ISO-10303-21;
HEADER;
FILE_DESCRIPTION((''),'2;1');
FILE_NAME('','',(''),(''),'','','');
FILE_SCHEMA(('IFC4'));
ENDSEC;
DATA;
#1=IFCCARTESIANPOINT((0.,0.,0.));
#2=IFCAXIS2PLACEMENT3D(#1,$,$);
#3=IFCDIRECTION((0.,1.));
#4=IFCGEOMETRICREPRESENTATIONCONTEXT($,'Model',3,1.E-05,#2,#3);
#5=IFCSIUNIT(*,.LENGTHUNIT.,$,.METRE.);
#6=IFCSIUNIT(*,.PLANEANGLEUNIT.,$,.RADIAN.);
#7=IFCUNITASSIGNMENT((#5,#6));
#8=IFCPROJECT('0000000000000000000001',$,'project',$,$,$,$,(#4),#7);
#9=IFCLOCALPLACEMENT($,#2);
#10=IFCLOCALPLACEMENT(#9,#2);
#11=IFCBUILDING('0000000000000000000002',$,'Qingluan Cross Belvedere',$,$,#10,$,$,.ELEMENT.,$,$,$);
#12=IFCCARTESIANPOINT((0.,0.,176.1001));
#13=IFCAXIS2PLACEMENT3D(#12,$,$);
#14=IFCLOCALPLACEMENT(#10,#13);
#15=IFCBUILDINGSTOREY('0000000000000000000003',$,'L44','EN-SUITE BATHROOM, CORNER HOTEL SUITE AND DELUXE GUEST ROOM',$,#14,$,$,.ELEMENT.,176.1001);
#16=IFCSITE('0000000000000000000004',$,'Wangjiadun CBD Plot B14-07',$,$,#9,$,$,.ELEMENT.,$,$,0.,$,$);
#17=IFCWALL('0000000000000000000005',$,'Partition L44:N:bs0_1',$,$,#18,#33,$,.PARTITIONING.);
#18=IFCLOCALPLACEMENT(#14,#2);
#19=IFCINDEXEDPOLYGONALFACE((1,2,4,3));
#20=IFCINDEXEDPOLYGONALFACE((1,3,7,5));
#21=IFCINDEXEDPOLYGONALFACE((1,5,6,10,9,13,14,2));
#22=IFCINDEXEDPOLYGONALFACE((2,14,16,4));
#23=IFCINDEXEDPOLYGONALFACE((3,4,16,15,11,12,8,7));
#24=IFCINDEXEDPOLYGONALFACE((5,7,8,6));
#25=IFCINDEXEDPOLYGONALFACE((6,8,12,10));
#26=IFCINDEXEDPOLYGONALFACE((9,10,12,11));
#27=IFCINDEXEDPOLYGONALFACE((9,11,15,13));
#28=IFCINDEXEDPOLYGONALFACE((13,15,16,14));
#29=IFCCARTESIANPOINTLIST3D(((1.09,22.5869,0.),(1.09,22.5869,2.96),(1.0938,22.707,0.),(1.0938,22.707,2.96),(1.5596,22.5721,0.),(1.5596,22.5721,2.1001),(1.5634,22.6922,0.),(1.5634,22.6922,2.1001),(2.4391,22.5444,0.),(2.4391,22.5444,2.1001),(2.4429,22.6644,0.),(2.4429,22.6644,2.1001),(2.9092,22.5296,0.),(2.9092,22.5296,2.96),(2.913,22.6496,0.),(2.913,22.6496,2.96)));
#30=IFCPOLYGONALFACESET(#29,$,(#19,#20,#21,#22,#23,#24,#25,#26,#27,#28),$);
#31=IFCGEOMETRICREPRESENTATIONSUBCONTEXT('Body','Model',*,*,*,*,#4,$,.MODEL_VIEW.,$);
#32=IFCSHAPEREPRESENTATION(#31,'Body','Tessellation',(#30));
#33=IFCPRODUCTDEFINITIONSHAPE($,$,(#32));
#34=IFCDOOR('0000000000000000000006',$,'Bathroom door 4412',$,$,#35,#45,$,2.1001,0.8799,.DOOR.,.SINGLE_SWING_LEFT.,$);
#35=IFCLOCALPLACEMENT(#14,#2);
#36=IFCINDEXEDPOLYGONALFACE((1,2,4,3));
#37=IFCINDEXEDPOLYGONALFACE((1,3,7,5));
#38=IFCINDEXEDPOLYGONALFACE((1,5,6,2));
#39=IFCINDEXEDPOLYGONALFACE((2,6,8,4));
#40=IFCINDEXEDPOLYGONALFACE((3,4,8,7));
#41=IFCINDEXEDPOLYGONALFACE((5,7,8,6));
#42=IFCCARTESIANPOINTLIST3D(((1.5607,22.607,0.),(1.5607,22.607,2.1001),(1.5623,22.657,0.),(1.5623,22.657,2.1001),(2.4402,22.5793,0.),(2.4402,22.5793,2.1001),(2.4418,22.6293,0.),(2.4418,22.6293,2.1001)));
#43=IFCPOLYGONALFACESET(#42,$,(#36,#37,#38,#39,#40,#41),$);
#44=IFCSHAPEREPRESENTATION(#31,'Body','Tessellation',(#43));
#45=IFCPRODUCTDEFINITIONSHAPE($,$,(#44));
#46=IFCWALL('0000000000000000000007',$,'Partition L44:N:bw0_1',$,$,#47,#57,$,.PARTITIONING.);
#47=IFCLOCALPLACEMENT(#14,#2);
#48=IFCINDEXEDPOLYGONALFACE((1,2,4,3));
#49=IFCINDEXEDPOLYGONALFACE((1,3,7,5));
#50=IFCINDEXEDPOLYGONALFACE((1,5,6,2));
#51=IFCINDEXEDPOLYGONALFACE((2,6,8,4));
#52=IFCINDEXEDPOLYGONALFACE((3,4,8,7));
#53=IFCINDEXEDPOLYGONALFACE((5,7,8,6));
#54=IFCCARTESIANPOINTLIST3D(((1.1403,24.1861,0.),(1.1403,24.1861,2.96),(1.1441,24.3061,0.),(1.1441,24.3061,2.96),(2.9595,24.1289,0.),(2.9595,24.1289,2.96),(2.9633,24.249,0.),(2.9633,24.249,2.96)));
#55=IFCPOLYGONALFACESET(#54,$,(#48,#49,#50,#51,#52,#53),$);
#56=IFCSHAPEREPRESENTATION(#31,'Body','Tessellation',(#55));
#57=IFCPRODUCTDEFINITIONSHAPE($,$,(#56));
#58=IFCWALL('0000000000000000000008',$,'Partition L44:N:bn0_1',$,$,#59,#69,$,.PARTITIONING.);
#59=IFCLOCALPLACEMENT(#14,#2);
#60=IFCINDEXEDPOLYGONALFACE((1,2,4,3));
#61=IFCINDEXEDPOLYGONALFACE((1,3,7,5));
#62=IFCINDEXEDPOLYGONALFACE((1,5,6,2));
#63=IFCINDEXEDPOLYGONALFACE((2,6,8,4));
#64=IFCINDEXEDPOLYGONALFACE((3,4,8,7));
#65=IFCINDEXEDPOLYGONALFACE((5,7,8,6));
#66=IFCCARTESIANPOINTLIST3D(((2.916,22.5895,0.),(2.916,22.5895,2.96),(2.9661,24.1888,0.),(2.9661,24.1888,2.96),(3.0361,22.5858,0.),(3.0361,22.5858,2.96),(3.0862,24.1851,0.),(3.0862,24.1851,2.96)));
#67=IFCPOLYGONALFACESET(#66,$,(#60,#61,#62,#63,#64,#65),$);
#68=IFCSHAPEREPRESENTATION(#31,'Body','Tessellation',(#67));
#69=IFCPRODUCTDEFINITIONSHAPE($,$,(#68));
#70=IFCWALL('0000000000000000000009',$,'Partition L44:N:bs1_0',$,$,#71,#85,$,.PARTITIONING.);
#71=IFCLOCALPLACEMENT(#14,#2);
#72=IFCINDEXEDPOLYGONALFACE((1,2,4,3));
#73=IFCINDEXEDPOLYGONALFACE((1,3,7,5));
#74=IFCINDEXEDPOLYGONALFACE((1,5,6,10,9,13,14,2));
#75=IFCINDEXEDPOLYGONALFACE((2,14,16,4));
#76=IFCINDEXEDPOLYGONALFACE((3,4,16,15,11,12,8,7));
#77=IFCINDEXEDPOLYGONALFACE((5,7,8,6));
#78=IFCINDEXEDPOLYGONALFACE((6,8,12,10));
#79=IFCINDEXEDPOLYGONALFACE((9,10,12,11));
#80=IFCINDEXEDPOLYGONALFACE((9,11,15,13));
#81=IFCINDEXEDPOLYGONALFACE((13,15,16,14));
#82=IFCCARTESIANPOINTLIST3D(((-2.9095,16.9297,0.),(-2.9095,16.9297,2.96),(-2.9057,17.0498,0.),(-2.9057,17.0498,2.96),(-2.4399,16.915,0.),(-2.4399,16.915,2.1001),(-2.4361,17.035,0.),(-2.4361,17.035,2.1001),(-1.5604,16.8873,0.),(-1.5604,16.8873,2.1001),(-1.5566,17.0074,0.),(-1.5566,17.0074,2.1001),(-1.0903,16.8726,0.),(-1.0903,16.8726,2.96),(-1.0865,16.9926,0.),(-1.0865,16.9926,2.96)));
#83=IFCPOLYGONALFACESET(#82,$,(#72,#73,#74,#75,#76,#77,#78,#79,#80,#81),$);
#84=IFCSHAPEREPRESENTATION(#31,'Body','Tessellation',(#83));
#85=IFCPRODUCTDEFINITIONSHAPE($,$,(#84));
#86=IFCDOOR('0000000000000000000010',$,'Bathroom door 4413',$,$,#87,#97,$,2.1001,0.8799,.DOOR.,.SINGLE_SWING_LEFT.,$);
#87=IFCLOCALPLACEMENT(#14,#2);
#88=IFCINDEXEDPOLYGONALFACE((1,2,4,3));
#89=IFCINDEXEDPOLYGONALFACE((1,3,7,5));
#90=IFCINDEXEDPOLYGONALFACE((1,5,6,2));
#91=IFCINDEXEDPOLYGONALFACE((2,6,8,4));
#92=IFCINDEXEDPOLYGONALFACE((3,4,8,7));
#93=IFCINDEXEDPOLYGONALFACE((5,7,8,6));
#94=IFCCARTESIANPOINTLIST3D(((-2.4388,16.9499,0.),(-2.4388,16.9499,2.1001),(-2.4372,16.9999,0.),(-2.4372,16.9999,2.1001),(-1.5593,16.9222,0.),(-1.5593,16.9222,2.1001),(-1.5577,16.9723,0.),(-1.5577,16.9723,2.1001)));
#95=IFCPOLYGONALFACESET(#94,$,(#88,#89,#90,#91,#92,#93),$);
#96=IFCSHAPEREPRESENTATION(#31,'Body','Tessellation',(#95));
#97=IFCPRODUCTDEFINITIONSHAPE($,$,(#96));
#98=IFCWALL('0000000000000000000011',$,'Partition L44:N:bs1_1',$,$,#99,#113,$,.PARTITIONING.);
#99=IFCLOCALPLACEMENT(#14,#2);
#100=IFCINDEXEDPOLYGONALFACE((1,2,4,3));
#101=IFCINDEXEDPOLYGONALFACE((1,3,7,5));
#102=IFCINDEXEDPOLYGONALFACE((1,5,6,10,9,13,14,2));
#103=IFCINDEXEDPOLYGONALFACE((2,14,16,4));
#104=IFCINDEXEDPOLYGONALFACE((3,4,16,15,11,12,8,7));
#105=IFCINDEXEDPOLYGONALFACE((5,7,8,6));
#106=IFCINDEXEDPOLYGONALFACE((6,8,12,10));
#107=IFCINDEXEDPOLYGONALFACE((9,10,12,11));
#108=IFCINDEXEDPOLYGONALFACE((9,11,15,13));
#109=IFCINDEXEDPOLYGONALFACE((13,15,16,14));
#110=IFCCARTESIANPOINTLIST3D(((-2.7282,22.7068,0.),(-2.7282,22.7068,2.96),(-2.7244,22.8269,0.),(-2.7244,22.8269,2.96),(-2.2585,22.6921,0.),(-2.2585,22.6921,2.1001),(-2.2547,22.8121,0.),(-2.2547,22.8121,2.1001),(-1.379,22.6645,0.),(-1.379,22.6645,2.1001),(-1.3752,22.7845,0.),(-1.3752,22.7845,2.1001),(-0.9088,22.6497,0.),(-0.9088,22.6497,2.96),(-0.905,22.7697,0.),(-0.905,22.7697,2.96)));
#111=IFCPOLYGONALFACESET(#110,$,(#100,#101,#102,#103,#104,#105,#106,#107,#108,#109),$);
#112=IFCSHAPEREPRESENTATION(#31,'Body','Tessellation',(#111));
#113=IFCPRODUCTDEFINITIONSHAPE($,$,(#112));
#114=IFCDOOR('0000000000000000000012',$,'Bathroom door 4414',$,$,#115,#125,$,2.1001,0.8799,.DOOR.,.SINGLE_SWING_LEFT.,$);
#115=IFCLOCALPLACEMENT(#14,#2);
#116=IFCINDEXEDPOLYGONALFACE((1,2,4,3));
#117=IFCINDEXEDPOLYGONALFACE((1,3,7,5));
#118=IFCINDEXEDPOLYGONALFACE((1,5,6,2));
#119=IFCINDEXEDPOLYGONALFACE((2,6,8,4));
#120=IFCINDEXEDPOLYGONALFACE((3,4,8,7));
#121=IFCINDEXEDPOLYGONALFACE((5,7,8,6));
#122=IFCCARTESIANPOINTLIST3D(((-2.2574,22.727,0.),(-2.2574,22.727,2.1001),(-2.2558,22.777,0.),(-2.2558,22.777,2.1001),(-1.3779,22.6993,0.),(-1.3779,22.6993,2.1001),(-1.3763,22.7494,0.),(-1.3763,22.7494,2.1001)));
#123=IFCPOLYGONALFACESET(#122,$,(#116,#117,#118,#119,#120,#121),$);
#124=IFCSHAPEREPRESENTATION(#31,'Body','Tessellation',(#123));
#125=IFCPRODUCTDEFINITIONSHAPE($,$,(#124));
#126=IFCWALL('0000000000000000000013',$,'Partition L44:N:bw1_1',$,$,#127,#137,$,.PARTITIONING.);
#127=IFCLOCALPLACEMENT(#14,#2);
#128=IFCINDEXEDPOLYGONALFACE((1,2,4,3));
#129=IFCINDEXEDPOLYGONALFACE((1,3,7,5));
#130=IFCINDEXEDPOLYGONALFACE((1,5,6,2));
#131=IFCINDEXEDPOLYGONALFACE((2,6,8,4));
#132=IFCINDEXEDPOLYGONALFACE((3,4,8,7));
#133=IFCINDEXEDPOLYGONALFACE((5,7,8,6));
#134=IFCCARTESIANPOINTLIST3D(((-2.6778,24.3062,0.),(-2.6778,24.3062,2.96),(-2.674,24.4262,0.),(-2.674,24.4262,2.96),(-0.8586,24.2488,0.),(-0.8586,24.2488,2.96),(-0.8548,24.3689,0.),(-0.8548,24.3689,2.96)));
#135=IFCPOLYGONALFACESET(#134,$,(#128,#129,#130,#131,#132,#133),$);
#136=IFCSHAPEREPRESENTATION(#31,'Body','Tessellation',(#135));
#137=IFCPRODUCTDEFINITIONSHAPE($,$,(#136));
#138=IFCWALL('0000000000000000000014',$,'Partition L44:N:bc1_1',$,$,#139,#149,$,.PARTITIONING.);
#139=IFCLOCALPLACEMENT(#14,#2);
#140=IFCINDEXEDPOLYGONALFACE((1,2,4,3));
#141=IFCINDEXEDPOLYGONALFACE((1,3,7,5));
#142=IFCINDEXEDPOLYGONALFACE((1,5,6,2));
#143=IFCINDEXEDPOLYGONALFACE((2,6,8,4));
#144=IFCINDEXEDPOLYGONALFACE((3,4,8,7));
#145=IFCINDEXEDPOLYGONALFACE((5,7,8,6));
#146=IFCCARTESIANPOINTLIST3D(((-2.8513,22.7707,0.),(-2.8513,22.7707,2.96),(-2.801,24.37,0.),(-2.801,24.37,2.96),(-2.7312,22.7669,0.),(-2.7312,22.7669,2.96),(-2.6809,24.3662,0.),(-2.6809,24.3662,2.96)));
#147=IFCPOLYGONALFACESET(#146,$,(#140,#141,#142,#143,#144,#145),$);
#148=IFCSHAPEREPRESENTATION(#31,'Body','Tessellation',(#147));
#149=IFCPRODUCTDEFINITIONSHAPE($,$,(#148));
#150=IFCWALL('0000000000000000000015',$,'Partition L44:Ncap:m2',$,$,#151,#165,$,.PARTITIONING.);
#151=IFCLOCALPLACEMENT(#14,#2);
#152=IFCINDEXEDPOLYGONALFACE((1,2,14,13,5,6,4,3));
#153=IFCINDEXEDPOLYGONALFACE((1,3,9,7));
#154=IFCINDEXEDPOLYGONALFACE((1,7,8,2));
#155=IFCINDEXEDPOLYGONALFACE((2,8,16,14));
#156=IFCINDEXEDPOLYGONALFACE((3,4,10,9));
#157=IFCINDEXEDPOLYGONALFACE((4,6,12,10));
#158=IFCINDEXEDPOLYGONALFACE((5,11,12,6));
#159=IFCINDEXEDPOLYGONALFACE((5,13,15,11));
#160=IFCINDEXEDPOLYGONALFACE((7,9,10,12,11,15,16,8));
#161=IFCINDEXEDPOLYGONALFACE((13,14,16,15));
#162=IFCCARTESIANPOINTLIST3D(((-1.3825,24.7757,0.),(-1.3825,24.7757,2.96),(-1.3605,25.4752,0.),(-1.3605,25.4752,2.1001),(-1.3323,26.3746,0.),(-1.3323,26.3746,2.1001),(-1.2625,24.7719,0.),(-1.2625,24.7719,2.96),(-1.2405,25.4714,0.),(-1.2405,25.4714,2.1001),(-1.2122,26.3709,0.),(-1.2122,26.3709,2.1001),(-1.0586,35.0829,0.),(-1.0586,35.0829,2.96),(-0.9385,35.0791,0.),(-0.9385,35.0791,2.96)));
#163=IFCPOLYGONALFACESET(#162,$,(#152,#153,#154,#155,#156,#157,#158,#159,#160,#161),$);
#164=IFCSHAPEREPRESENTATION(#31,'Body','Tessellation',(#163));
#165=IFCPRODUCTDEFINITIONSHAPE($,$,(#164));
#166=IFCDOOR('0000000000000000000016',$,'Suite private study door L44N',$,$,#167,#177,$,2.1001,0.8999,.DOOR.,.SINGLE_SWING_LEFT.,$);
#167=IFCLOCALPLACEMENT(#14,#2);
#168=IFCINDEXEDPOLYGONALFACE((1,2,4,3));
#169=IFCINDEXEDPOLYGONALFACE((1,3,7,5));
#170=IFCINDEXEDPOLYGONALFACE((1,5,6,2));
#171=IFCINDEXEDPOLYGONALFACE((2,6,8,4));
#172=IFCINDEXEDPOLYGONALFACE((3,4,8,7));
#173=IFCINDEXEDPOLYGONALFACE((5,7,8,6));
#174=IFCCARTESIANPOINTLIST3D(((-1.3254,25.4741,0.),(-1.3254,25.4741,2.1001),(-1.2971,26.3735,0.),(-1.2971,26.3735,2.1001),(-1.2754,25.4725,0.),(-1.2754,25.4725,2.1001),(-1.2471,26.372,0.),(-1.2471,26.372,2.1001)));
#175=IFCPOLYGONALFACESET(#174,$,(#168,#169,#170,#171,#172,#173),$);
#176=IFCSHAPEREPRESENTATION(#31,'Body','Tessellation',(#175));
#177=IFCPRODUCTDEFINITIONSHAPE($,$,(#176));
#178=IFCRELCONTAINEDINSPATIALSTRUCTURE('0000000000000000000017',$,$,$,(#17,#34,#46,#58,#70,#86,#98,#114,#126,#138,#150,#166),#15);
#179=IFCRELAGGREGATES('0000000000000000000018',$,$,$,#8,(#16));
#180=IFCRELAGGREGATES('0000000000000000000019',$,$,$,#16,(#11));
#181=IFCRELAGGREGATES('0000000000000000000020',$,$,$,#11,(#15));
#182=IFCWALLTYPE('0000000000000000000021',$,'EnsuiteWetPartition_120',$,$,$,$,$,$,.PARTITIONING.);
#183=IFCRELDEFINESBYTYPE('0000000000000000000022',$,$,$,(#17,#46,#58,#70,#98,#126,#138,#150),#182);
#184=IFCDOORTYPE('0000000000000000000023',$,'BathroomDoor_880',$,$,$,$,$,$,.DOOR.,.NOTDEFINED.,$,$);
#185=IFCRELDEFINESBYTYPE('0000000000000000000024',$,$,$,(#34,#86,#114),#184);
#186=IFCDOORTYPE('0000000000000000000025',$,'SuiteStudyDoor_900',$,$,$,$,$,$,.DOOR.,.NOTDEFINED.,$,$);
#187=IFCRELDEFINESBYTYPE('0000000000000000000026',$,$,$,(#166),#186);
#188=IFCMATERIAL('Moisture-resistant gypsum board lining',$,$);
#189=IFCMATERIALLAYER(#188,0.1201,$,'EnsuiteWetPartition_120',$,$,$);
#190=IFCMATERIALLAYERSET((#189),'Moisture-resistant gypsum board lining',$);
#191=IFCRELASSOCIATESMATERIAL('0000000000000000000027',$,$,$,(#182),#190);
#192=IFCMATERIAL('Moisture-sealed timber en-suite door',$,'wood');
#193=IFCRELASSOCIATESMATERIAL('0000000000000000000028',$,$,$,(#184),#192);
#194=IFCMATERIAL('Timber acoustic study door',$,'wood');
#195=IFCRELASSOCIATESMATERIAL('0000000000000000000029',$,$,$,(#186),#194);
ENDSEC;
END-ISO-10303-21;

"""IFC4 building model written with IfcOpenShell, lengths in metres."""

from ifc_helpers import new_model, si_unit, direction, frame, frame_2d, origin, place, context, subcontext, project, spatial, rectangle, extrude, material, layer, layer_set, type_object, element, fill, save


model = new_model("IFC4")

# Units and contexts
model_context = context("Model", 3, precision=1e-05, world=origin(), true_north=direction((0.0, 1.0)))
body_context = subcontext(model_context, "Body", "Model", "MODEL_VIEW")
ifc_project = project(units=[si_unit("LENGTHUNIT", "METRE"), si_unit("PLANEANGLEUNIT", "RADIAN")], contexts=[model_context])

# Site, building, storey
site_placement = place(None, origin())
site = spatial("IfcSite", under=ifc_project, at=site_placement, Name="Wangjiadun CBD Plot B14-07", CompositionType="ELEMENT", RefElevation=0.0)
building_placement = place(site_placement, origin())
building = spatial("IfcBuilding", under=site, at=building_placement, Name="Qingluan Cross Belvedere", CompositionType="ELEMENT")
storey_placement = place(building_placement, frame((0.0, 0.0, 176.1001)))
storey = spatial("IfcBuildingStorey", under=building, at=storey_placement, Name="L44", Description="EN-SUITE BATHROOM, CORNER HOTEL SUITE AND DELUXE GUEST ROOM", CompositionType="ELEMENT", Elevation=176.1001)

# Wall, opening, door
ifc_material_1 = material(Name="Moisture-resistant gypsum board lining")
ifc_layer_1 = layer(ifc_material_1, 0.1201, Name="EnsuiteWetPartition_120")
ifc_layer_set_1 = layer_set([ifc_layer_1], Name="Moisture-resistant gypsum board lining")
wall_type_1 = type_object("IfcWallType", Name="EnsuiteWetPartition_120", PredefinedType="PARTITIONING", material=ifc_layer_set_1)
wall_1_placement = place(storey_placement, frame((1.0918, 22.647, 0.0), z_axis=(0.0, 0.0, 1.0), x_axis=(0.999503, -0.031524, 0.0)))
wall_1 = element("IfcWall", 1, at=wall_1_placement, inside=storey, type_object=wall_type_1, Name="Partition L44:N:bs0_1", PredefinedType="PARTITIONING", context=body_context, shape_type="SweptSolid", body=[
    extrude(rectangle(XDim=1.8201, YDim=0.1201, at=frame_2d((0.9102, 0.0))), origin(), (0.0, 0.0, 1.0), 2.96),
])
opening_1_placement = place(wall_1_placement, frame((0.47, 0.0, 0.0)))
opening_1 = element("IfcOpeningElement", 2, at=opening_1_placement, cuts=wall_1, PredefinedType="OPENING", context=body_context, shape_type="SweptSolid", body=[
    extrude(rectangle(XDim=0.8799, YDim=2.1001, at=frame_2d((0.4399, 1.05))), frame((0.0, 0.0701, 0.0), z_axis=(0.0, -1.0, 0.0), x_axis=(1.0, 0.0, 0.0)), (0.0, 0.0, 1.0), 0.1401),
])
ifc_material_2 = material(Name="Moisture-sealed timber en-suite door", Category="wood")
door_type_1 = type_object("IfcDoorType", Name="BathroomDoor_880", OperationType="NOTDEFINED", PredefinedType="DOOR", material=ifc_material_2)
door_1_placement = place(opening_1_placement, origin())
door_1 = element("IfcDoor", 3, at=door_1_placement, inside=storey, type_object=door_type_1, Name="Bathroom door 4412", OperationType="SINGLE_SWING_LEFT", OverallHeight=2.1001, OverallWidth=0.8799, PredefinedType="DOOR", context=body_context, shape_type="SweptSolid", body=[
    extrude(rectangle(XDim=0.8799, YDim=2.1001, at=frame_2d((0.4399, 1.05))), frame((0.0, 0.0249, 0.0), z_axis=(0.0, -1.0, 0.0), x_axis=(1.0, 0.0, 0.0)), (0.0, 0.0, 1.0), 0.05),
])
fill(opening_1, door_1)

# Walls
wall_2_placement = place(storey_placement, frame((1.1421, 24.2461, 0.0), z_axis=(0.0, 0.0, 1.0), x_axis=(0.999507, -0.03139, 0.0)))
element("IfcWall", 4, at=wall_2_placement, inside=storey, type_object=wall_type_1, Name="Partition L44:N:bw0_1", PredefinedType="PARTITIONING", context=body_context, shape_type="SweptSolid", body=[
    extrude(rectangle(XDim=1.8201, YDim=0.1201, at=frame_2d((0.9102, 0.0))), origin(), (0.0, 0.0, 1.0), 2.96),
])
wall_3_placement = place(storey_placement, frame((2.9761, 22.5876, 0.0), z_axis=(0.0, 0.0, 1.0), x_axis=(0.031278, 0.999511, 0.0)))
element("IfcWall", 5, at=wall_3_placement, inside=storey, type_object=wall_type_1, Name="Partition L44:N:bn0_1", PredefinedType="PARTITIONING", context=body_context, shape_type="SweptSolid", body=[
    extrude(rectangle(XDim=1.6001, YDim=0.1201, at=frame_2d((0.8, 0.0))), origin(), (0.0, 0.0, 1.0), 2.96),
])

# Walls, openings, doors
wall_4_placement = place(storey_placement, frame((-2.9077, 16.9897, 0.0), z_axis=(0.0, 0.0, 1.0), x_axis=(0.999507, -0.03139, 0.0)))
wall_4 = element("IfcWall", 6, at=wall_4_placement, inside=storey, type_object=wall_type_1, Name="Partition L44:N:bs1_0", PredefinedType="PARTITIONING", context=body_context, shape_type="SweptSolid", body=[
    extrude(rectangle(XDim=1.8201, YDim=0.1201, at=frame_2d((0.9102, 0.0))), origin(), (0.0, 0.0, 1.0), 2.96),
])
opening_2_placement = place(wall_4_placement, frame((0.47, 0.0, 0.0)))
opening_2 = element("IfcOpeningElement", 7, at=opening_2_placement, cuts=wall_4, PredefinedType="OPENING", context=body_context, shape_type="SweptSolid", body=[
    extrude(rectangle(XDim=0.8799, YDim=2.1001, at=frame_2d((0.4399, 1.05))), frame((0.0, 0.0701, 0.0), z_axis=(0.0, -1.0, 0.0), x_axis=(1.0, 0.0, 0.0)), (0.0, 0.0, 1.0), 0.1401),
])
door_2_placement = place(opening_2_placement, origin())
door_2 = element("IfcDoor", 8, at=door_2_placement, inside=storey, type_object=door_type_1, Name="Bathroom door 4413", OperationType="SINGLE_SWING_LEFT", OverallHeight=2.1001, OverallWidth=0.8799, PredefinedType="DOOR", context=body_context, shape_type="SweptSolid", body=[
    extrude(rectangle(XDim=0.8799, YDim=2.1001, at=frame_2d((0.4399, 1.05))), frame((0.0, 0.0249, 0.0), z_axis=(0.0, -1.0, 0.0), x_axis=(1.0, 0.0, 0.0)), (0.0, 0.0, 1.0), 0.05),
])
fill(opening_2, door_2)
wall_5_placement = place(storey_placement, frame((-2.7263, 22.7668, 0.0), z_axis=(0.0, 0.0, 1.0), x_axis=(0.999507, -0.031385, 0.0)))
wall_5 = element("IfcWall", 9, at=wall_5_placement, inside=storey, type_object=wall_type_1, Name="Partition L44:N:bs1_1", PredefinedType="PARTITIONING", context=body_context, shape_type="SweptSolid", body=[
    extrude(rectangle(XDim=1.8203, YDim=0.1201, at=frame_2d((0.9102, 0.0))), origin(), (0.0, 0.0, 1.0), 2.96),
])
opening_3_placement = place(wall_5_placement, frame((0.47, 0.0, 0.0)))
opening_3 = element("IfcOpeningElement", 10, at=opening_3_placement, cuts=wall_5, PredefinedType="OPENING", context=body_context, shape_type="SweptSolid", body=[
    extrude(rectangle(XDim=0.8799, YDim=2.1001, at=frame_2d((0.4399, 1.05))), frame((0.0, 0.0701, 0.0), z_axis=(0.0, -1.0, 0.0), x_axis=(1.0, 0.0, 0.0)), (0.0, 0.0, 1.0), 0.1401),
])
door_3_placement = place(opening_3_placement, origin())
door_3 = element("IfcDoor", 11, at=door_3_placement, inside=storey, type_object=door_type_1, Name="Bathroom door 4414", OperationType="SINGLE_SWING_LEFT", OverallHeight=2.1001, OverallWidth=0.8799, PredefinedType="DOOR", context=body_context, shape_type="SweptSolid", body=[
    extrude(rectangle(XDim=0.8799, YDim=2.1001, at=frame_2d((0.4399, 1.05))), frame((0.0, 0.0249, 0.0), z_axis=(0.0, -1.0, 0.0), x_axis=(1.0, 0.0, 0.0)), (0.0, 0.0, 1.0), 0.05),
])
fill(opening_3, door_3)

# Walls
wall_6_placement = place(storey_placement, frame((-2.676, 24.3662, 0.0), z_axis=(0.0, 0.0, 1.0), x_axis=(0.999503, -0.031524, 0.0)))
element("IfcWall", 12, at=wall_6_placement, inside=storey, type_object=wall_type_1, Name="Partition L44:N:bw1_1", PredefinedType="PARTITIONING", context=body_context, shape_type="SweptSolid", body=[
    extrude(rectangle(XDim=1.8201, YDim=0.1201, at=frame_2d((0.9102, 0.0))), origin(), (0.0, 0.0, 1.0), 2.96),
])
wall_7_placement = place(storey_placement, frame((-2.7913, 22.7688, 0.0), z_axis=(0.0, 0.0, 1.0), x_axis=(0.03143, 0.999506, 0.0)))
element("IfcWall", 13, at=wall_7_placement, inside=storey, type_object=wall_type_1, Name="Partition L44:N:bc1_1", PredefinedType="PARTITIONING", context=body_context, shape_type="SweptSolid", body=[
    extrude(rectangle(XDim=1.6001, YDim=0.1201, at=frame_2d((0.8, 0.0))), origin(), (0.0, 0.0, 1.0), 2.96),
])

# Wall, opening, door
wall_8_placement = place(storey_placement, frame((-1.3225, 24.7737, 0.0), z_axis=(0.0, 0.0, 1.0), x_axis=(0.031417, 0.999506, 0.0)))
wall_8 = element("IfcWall", 14, at=wall_8_placement, inside=storey, type_object=wall_type_1, Name="Partition L44:Ncap:m2", PredefinedType="PARTITIONING", context=body_context, shape_type="SweptSolid", body=[
    extrude(rectangle(XDim=10.3123, YDim=0.1201, at=frame_2d((5.1562, 0.0))), origin(), (0.0, 0.0, 1.0), 2.96),
])
opening_4_placement = place(wall_8_placement, frame((0.7, 0.0, 0.0)))
opening_4 = element("IfcOpeningElement", 15, at=opening_4_placement, cuts=wall_8, PredefinedType="OPENING", context=body_context, shape_type="SweptSolid", body=[
    extrude(rectangle(XDim=0.8999, YDim=2.1001, at=frame_2d((0.45, 1.05))), frame((0.0, 0.0701, 0.0), z_axis=(0.0, -1.0, 0.0), x_axis=(1.0, 0.0, 0.0)), (0.0, 0.0, 1.0), 0.1401),
])
ifc_material_3 = material(Name="Timber acoustic study door", Category="wood")
door_type_2 = type_object("IfcDoorType", Name="SuiteStudyDoor_900", OperationType="NOTDEFINED", PredefinedType="DOOR", material=ifc_material_3)
door_4_placement = place(opening_4_placement, origin())
door_4 = element("IfcDoor", 16, at=door_4_placement, inside=storey, type_object=door_type_2, Name="Suite private study door L44N", OperationType="SINGLE_SWING_LEFT", OverallHeight=2.1001, OverallWidth=0.8999, PredefinedType="DOOR", context=body_context, shape_type="SweptSolid", body=[
    extrude(rectangle(XDim=0.8999, YDim=2.1001, at=frame_2d((0.45, 1.05))), frame((0.0, 0.0249, 0.0), z_axis=(0.0, -1.0, 0.0), x_axis=(1.0, 0.0, 0.0)), (0.0, 0.0, 1.0), 0.05),
])
fill(opening_4, door_4)

save(model, "model.ifc")
